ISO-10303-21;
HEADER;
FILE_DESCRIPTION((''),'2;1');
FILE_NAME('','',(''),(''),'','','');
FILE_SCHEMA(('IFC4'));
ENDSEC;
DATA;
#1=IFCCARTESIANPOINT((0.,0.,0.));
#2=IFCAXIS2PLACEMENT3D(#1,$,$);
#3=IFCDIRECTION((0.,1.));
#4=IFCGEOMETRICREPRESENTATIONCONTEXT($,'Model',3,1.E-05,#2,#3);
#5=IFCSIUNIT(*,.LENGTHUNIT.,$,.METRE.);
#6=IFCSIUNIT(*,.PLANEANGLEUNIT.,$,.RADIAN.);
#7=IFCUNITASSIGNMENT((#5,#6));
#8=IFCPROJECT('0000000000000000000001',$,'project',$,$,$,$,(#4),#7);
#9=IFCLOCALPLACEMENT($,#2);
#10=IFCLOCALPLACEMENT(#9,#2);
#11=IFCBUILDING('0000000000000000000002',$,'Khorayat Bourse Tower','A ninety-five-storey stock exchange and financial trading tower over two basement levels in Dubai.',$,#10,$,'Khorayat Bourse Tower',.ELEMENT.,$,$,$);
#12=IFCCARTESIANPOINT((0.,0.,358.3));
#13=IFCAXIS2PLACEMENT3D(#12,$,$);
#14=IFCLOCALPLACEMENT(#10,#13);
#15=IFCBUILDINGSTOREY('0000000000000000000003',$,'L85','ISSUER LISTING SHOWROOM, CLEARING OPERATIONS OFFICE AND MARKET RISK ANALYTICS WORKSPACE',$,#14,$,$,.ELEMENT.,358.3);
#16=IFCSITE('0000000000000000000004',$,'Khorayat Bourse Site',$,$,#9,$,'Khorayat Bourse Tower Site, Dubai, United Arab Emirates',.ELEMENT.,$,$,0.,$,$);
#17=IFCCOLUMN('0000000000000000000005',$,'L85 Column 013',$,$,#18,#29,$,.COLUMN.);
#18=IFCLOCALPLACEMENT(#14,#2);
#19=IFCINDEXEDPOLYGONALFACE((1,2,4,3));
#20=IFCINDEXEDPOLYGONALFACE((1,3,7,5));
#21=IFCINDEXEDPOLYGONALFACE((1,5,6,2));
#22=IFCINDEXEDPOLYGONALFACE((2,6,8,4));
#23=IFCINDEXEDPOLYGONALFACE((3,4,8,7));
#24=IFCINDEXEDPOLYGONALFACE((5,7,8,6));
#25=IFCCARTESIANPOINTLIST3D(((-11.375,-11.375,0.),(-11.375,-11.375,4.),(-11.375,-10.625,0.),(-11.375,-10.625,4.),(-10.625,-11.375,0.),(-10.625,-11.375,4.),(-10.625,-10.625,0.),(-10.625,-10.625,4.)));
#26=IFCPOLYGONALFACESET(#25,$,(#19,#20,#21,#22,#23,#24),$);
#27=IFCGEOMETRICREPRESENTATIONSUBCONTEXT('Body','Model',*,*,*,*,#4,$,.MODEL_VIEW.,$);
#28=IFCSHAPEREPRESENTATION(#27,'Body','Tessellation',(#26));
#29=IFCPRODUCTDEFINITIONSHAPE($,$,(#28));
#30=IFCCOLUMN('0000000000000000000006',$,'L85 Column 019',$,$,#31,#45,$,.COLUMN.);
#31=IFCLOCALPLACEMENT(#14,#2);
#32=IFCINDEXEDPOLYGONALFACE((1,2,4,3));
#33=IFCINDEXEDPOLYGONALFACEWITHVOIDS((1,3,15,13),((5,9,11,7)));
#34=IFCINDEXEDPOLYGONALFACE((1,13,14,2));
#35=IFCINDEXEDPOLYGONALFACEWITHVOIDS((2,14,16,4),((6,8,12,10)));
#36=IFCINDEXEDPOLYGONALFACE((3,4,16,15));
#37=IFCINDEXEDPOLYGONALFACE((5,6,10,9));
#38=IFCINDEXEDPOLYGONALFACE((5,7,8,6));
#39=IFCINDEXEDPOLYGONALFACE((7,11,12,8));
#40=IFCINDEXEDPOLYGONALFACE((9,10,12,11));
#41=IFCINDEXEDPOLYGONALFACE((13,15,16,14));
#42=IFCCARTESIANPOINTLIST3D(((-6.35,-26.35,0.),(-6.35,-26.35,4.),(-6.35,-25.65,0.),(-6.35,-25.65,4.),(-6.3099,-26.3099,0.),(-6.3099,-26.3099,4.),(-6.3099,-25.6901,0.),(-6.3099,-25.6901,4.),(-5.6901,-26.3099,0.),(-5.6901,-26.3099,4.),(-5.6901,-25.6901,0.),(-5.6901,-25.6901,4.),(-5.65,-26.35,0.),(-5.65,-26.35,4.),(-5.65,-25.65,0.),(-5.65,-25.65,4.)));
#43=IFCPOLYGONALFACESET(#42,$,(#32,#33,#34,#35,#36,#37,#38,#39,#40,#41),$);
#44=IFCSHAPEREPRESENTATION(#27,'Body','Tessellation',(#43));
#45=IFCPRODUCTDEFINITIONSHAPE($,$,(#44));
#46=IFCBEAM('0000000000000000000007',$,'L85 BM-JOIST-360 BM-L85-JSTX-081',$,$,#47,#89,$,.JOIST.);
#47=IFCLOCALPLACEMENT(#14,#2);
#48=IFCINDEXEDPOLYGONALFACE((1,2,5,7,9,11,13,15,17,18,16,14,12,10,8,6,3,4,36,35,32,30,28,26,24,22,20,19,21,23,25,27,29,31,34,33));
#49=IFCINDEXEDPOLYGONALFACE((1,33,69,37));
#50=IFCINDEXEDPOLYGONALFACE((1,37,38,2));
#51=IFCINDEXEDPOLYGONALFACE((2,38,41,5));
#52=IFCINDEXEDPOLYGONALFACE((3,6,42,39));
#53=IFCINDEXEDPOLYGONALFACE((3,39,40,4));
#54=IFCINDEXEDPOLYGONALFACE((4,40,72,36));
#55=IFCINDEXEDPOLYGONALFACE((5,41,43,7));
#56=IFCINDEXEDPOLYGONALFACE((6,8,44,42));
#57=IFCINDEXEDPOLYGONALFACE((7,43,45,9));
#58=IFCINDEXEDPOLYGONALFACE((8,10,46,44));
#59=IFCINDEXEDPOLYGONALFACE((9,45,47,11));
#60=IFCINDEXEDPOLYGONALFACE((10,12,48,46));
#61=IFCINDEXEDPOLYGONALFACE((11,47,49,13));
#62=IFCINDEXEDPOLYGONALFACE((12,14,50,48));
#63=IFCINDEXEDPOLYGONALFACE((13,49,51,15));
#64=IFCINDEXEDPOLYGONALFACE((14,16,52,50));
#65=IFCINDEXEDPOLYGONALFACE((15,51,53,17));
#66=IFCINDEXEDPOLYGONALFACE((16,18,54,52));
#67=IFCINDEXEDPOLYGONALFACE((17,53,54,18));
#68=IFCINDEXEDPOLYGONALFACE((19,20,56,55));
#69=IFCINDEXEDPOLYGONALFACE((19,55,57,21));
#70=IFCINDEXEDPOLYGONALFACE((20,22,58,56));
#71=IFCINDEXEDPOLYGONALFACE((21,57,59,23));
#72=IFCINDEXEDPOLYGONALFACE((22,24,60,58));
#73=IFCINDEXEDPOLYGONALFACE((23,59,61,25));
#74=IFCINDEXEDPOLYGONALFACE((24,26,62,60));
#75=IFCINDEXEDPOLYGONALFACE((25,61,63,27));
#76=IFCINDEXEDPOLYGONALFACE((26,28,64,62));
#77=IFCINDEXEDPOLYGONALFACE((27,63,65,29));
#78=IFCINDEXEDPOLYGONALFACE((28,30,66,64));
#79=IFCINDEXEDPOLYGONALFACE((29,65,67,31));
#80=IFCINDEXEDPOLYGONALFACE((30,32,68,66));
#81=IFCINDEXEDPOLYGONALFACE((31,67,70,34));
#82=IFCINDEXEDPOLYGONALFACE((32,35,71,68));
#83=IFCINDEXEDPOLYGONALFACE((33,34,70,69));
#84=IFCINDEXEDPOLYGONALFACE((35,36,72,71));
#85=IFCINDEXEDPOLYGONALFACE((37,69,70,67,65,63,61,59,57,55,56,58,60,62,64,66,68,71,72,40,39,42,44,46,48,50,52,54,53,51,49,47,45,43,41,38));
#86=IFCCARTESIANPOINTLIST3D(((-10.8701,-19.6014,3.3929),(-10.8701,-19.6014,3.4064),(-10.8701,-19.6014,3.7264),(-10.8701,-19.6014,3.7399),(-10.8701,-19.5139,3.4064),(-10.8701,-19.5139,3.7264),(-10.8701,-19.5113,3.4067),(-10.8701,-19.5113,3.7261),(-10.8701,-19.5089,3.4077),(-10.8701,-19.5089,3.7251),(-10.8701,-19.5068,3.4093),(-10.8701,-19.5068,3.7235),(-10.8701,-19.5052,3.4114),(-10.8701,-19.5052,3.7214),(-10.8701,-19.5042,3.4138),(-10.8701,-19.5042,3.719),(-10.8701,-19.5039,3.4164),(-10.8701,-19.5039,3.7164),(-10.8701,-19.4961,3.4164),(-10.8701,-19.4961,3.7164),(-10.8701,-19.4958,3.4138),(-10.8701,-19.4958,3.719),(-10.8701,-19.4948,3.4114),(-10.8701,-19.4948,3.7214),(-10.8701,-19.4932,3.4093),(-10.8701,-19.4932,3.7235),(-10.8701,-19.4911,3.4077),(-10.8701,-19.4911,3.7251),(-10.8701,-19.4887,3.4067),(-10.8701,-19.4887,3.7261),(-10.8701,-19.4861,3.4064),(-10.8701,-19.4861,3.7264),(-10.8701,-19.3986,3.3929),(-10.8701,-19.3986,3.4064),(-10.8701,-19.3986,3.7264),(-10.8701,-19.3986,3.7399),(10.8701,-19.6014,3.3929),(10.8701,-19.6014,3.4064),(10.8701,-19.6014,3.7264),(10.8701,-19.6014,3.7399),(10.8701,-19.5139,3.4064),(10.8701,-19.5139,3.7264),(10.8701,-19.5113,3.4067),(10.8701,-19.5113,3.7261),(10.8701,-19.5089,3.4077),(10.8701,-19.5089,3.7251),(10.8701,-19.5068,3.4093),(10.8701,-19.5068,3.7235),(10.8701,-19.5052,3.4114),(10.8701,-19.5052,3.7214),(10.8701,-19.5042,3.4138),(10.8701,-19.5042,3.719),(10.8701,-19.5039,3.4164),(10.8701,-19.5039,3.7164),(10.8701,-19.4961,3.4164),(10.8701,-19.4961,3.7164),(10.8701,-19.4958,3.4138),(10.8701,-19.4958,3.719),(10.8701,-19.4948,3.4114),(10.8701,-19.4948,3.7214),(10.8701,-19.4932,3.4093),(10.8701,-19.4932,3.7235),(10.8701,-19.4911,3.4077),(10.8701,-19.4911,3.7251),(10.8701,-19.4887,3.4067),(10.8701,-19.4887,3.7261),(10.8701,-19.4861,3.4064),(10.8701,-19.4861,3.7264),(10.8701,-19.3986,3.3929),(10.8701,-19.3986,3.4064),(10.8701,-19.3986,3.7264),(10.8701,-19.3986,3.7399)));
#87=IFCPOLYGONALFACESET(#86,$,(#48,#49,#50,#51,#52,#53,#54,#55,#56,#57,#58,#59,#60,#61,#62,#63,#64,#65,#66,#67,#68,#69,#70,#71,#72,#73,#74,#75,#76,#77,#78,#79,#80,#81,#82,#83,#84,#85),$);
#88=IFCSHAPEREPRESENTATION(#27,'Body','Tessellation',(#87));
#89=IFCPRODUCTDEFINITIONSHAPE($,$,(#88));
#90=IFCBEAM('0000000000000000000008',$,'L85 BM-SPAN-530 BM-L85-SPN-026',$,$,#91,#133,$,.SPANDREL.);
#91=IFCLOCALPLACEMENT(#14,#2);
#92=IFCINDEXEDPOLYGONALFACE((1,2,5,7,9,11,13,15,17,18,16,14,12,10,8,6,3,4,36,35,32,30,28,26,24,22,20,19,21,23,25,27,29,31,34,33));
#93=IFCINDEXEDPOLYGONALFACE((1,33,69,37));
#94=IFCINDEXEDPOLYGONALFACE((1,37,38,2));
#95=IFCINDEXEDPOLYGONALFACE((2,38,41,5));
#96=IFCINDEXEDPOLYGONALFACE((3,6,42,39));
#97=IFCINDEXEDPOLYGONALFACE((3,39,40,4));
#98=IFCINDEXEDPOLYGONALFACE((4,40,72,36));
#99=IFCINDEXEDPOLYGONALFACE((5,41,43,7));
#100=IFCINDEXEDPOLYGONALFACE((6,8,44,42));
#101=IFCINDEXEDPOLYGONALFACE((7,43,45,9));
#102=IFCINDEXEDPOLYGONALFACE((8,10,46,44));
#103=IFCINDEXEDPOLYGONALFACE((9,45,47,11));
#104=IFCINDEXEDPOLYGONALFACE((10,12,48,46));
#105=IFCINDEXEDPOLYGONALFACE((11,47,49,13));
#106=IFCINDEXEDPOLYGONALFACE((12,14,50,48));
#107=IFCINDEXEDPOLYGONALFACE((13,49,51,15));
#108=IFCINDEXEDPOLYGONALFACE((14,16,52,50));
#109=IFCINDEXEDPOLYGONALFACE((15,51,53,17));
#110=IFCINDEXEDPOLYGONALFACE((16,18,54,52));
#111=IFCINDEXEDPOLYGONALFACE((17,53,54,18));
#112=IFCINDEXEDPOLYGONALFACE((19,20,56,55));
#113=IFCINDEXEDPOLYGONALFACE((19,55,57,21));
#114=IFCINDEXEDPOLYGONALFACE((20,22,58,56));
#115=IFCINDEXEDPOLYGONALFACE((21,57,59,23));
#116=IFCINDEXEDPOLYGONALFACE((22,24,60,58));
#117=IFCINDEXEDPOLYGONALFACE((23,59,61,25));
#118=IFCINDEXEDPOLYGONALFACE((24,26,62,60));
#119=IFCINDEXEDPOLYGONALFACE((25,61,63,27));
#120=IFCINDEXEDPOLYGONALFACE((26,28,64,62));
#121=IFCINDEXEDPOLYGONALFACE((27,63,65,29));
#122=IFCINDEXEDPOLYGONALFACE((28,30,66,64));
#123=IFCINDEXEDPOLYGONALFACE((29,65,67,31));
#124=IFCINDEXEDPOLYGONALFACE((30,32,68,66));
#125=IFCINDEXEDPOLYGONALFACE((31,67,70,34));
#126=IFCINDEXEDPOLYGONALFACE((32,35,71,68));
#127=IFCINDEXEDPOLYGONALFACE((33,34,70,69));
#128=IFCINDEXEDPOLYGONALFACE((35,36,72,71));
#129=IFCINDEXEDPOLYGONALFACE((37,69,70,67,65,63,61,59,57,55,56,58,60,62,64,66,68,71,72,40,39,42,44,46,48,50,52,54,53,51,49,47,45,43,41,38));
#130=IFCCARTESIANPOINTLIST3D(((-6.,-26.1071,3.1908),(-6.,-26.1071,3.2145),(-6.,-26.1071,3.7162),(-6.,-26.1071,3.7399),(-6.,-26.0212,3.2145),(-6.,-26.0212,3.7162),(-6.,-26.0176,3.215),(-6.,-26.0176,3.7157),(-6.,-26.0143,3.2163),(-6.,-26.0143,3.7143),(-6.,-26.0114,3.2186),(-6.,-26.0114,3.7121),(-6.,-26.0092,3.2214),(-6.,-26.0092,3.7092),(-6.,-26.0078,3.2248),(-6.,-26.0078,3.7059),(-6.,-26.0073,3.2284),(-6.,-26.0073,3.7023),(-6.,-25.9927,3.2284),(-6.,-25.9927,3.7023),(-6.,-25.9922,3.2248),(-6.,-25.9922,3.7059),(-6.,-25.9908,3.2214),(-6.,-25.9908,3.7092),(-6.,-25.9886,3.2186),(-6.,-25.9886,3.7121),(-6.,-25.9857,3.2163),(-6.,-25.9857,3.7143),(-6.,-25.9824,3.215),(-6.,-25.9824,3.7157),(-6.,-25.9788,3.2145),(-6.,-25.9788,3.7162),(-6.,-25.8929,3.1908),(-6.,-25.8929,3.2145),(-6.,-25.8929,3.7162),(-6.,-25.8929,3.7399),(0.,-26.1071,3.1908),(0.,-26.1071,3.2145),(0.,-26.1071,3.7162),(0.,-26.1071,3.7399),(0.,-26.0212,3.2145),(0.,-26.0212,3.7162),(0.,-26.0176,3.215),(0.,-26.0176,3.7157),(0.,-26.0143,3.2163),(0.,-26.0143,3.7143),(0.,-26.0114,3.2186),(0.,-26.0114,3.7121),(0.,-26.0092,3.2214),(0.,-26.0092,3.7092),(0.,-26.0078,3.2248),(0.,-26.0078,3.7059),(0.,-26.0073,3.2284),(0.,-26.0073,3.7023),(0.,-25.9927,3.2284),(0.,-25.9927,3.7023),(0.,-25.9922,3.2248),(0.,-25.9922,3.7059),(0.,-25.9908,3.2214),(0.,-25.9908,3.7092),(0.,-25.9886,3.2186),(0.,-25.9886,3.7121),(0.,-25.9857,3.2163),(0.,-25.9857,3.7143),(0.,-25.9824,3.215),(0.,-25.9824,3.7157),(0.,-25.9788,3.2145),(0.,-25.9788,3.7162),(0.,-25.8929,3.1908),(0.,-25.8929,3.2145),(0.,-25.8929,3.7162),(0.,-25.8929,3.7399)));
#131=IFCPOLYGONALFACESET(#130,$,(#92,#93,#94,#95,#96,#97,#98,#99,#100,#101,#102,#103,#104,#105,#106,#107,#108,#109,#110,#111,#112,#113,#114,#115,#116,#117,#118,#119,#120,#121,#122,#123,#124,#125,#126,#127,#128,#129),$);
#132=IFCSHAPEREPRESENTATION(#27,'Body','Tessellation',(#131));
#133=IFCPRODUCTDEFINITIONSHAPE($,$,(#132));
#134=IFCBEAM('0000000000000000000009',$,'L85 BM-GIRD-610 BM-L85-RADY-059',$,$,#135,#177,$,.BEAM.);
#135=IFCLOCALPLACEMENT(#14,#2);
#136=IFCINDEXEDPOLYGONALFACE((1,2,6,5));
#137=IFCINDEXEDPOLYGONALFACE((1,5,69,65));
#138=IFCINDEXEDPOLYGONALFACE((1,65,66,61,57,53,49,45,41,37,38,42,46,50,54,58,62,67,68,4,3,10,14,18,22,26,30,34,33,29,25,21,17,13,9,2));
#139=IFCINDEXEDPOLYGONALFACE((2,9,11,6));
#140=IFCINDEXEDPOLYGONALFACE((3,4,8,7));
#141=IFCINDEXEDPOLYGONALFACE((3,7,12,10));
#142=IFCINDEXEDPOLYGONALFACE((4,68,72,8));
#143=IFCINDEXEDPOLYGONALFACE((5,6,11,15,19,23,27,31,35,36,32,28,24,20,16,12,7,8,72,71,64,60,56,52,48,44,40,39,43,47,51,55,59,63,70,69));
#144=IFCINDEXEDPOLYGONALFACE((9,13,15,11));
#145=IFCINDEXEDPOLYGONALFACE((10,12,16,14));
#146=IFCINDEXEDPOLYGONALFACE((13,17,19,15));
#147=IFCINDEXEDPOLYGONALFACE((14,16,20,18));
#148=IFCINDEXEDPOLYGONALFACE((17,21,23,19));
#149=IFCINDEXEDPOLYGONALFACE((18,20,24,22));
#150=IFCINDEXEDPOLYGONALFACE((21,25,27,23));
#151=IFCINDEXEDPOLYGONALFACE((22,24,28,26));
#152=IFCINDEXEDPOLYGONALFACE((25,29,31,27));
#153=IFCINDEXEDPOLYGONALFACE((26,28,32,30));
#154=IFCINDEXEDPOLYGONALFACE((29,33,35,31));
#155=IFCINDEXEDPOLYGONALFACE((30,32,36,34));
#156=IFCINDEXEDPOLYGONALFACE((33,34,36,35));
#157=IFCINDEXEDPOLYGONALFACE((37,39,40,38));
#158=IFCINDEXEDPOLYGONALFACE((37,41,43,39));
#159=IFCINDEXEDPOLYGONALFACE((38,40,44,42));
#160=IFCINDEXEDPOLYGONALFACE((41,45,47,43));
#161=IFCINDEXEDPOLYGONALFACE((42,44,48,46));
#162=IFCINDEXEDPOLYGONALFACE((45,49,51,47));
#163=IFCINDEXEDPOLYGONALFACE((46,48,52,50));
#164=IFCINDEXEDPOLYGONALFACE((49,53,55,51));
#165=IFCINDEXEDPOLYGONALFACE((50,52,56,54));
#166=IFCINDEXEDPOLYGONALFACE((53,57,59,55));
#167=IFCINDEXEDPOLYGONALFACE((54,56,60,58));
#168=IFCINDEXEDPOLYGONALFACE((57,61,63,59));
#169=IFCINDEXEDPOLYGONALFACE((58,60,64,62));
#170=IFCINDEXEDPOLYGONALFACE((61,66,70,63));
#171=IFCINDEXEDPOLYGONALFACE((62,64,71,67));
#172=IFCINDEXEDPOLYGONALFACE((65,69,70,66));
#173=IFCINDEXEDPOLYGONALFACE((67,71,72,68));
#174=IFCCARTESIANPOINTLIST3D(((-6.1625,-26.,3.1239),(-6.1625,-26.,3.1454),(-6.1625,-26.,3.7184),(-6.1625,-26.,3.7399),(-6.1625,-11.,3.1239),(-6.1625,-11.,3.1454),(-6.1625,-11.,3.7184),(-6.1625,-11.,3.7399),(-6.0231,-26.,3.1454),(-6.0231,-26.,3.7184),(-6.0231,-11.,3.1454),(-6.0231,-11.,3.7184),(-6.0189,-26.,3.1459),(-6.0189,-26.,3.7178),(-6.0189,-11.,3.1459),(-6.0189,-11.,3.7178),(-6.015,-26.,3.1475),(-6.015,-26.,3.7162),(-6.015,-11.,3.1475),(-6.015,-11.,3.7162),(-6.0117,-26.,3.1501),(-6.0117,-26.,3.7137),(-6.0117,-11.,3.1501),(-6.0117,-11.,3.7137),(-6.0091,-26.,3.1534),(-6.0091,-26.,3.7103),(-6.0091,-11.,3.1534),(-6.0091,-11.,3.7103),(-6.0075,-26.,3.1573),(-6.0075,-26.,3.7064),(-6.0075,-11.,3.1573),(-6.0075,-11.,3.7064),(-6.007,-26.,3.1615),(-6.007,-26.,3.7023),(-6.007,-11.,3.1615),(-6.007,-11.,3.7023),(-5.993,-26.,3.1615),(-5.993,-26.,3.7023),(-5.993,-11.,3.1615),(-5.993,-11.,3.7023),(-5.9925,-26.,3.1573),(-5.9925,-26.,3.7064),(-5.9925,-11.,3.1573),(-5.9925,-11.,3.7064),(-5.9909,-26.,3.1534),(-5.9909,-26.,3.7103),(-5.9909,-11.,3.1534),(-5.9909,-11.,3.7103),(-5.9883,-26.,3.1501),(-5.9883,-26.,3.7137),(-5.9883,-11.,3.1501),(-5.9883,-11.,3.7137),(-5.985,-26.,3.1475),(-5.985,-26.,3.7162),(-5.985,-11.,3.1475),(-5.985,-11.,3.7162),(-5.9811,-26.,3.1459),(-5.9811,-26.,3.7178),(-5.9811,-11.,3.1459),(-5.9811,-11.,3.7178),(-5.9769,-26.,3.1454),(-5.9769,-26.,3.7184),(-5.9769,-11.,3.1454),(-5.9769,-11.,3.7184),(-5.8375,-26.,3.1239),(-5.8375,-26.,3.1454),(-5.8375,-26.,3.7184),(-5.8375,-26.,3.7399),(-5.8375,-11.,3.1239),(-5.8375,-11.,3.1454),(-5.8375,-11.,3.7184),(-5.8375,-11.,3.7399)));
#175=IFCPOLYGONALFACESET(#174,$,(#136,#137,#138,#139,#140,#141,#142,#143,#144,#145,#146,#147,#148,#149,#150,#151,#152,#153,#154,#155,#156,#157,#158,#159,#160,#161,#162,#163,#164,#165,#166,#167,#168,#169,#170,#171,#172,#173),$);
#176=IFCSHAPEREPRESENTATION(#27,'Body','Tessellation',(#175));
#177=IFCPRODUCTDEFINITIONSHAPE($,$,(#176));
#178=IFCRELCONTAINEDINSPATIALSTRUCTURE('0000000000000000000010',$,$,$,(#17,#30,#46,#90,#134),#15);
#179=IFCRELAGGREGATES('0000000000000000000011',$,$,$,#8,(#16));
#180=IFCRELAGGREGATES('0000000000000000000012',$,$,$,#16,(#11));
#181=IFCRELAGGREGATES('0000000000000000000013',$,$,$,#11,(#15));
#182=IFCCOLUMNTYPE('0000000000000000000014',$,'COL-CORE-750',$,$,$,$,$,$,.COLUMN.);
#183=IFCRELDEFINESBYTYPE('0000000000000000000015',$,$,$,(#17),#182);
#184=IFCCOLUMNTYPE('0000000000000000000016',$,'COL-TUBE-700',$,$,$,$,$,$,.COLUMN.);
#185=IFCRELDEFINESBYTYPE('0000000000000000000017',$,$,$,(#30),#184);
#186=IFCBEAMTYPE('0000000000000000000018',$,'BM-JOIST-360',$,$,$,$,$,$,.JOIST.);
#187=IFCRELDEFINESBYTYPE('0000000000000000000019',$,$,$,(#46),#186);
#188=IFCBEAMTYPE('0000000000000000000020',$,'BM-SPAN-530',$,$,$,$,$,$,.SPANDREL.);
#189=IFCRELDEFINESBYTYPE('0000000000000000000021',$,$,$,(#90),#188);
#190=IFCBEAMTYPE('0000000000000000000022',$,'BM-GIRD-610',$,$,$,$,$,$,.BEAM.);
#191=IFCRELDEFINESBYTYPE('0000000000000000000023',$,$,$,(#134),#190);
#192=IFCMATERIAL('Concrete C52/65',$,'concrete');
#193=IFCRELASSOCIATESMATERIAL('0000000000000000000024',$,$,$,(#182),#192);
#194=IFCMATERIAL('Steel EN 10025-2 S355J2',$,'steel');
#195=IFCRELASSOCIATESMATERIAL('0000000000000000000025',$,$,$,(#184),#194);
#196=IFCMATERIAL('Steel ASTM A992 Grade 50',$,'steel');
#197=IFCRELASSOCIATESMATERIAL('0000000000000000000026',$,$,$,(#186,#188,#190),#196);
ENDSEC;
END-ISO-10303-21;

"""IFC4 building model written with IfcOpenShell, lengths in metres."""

from ifc_helpers import new_model, si_unit, direction, frame, origin, origin_2d, place, context, subcontext, project, spatial, rectangle, hollow_rectangle, i_section, extrude, source, transform, mapped, material, material_profile, profile_set, type_object, element, save


model = new_model("IFC4")

# Units and contexts
model_context = context("Model", 3, precision=1e-05, world=origin(), true_north=direction((0.0, 1.0)))
body_context = subcontext(model_context, "Body", "Model", "MODEL_VIEW")
ifc_project = project(units=[si_unit("LENGTHUNIT", "METRE"), si_unit("PLANEANGLEUNIT", "RADIAN")], contexts=[model_context])

# Site, building, storey
site_placement = place(None, origin())
site = spatial("IfcSite", under=ifc_project, at=site_placement, Name="Khorayat Bourse Site", LongName="Khorayat Bourse Tower Site, Dubai, United Arab Emirates", CompositionType="ELEMENT", RefElevation=0.0)
building_placement = place(site_placement, origin())
building = spatial("IfcBuilding", under=site, at=building_placement, Name="Khorayat Bourse Tower", Description="A ninety-five-storey stock exchange and financial trading tower over two basement levels in Dubai.", LongName="Khorayat Bourse Tower", CompositionType="ELEMENT")
storey_placement = place(building_placement, frame((0.0, 0.0, 358.3)))
storey = spatial("IfcBuildingStorey", under=building, at=storey_placement, Name="L85", Description="ISSUER LISTING SHOWROOM, CLEARING OPERATIONS OFFICE AND MARKET RISK ANALYTICS WORKSPACE", CompositionType="ELEMENT", Elevation=358.3)

# Columns
ifc_material_1 = material(Name="Concrete C52/65", Category="concrete")
ifc_material_profile_1 = material_profile(ifc_material_1, rectangle(XDim=0.75, YDim=0.75, at=origin_2d()), Name="RC 750x750")
ifc_profile_set_1 = profile_set([ifc_material_profile_1], Name="Concrete C52/65")
column_type_1 = type_object("IfcColumnType", Name="COL-CORE-750", PredefinedType="COLUMN", material=ifc_profile_set_1)
shared_shape_1 = source(origin(), body_context, "Body", "SweptSolid", [
    extrude(rectangle(XDim=0.75, YDim=0.75, at=origin_2d()), origin(), (0.0, 0.0, 1.0), 4.0),
])
column_1_placement = place(storey_placement, frame((-11.0, -11.0, 0.0), z_axis=(0.0, 0.0, 1.0), x_axis=(1.0, 0.0, 0.0)))
element("IfcColumn", 1, at=column_1_placement, inside=storey, type_object=column_type_1, Name="L85 Column 013", PredefinedType="COLUMN", context=body_context, shape_type="MappedRepresentation", body=[
    mapped(shared_shape_1, transform((0.0, 0.0, 0.0), scale=1.0)),
])
ifc_material_2 = material(Name="Steel EN 10025-2 S355J2", Category="steel")
ifc_material_profile_2 = material_profile(ifc_material_2, hollow_rectangle(XDim=0.7, YDim=0.7, WallThickness=0.04, at=origin_2d()), Name="BOX 700x700x40")
ifc_profile_set_2 = profile_set([ifc_material_profile_2], Name="Steel EN 10025-2 S355J2")
column_type_2 = type_object("IfcColumnType", Name="COL-TUBE-700", PredefinedType="COLUMN", material=ifc_profile_set_2)
shared_shape_2 = source(origin(), body_context, "Body", "SweptSolid", [
    extrude(hollow_rectangle(XDim=0.7, YDim=0.7, WallThickness=0.04, at=origin_2d()), origin(), (0.0, 0.0, 1.0), 4.0),
])
column_2_placement = place(storey_placement, frame((-6.0, -26.0, 0.0), z_axis=(0.0, 0.0, 1.0), x_axis=(1.0, 0.0, 0.0)))
element("IfcColumn", 2, at=column_2_placement, inside=storey, type_object=column_type_2, Name="L85 Column 019", PredefinedType="COLUMN", context=body_context, shape_type="MappedRepresentation", body=[
    mapped(shared_shape_2, transform((0.0, 0.0, 0.0), scale=1.0)),
])

# Beams
ifc_material_3 = material(Name="Steel ASTM A992 Grade 50", Category="steel")
ifc_material_profile_3 = material_profile(ifc_material_3, i_section(OverallWidth=0.2029, OverallDepth=0.3469, WebThickness=0.0078, FlangeThickness=0.0134, FilletRadius=0.01, at=origin_2d()), Name="W360X64")
ifc_profile_set_3 = profile_set([ifc_material_profile_3], Name="Steel ASTM A992 Grade 50")
beam_type_1 = type_object("IfcBeamType", Name="BM-JOIST-360", PredefinedType="JOIST", material=ifc_profile_set_3)
shared_shape_3 = source(origin(), body_context, "Body", "SweptSolid", [
    extrude(i_section(OverallWidth=0.2029, OverallDepth=0.3469, WebThickness=0.0078, FlangeThickness=0.0134, FilletRadius=0.01, at=origin_2d()), origin(), (0.0, 0.0, 1.0), 21.7402),
])
beam_1_placement = place(storey_placement, frame((-10.8701, -19.5, 3.5664), z_axis=(1.0, 0.0, 0.0), x_axis=(0.0, 1.0, 0.0)))
element("IfcBeam", 3, at=beam_1_placement, inside=storey, type_object=beam_type_1, Name="L85 BM-JOIST-360 BM-L85-JSTX-081", PredefinedType="JOIST", context=body_context, shape_type="MappedRepresentation", body=[
    mapped(shared_shape_3, transform((0.0, 0.0, 0.0), scale=1.0)),
])
ifc_material_profile_4 = material_profile(ifc_material_3, i_section(OverallWidth=0.2141, OverallDepth=0.5491, WebThickness=0.0146, FlangeThickness=0.0237, FilletRadius=0.0139, at=origin_2d()), Name="W530X138")
ifc_profile_set_4 = profile_set([ifc_material_profile_4], Name="Steel ASTM A992 Grade 50")
beam_type_2 = type_object("IfcBeamType", Name="BM-SPAN-530", PredefinedType="SPANDREL", material=ifc_profile_set_4)
shared_shape_4 = source(origin(), body_context, "Body", "SweptSolid", [
    extrude(i_section(OverallWidth=0.2141, OverallDepth=0.5491, WebThickness=0.0146, FlangeThickness=0.0237, FilletRadius=0.0139, at=origin_2d()), origin(), (0.0, 0.0, 1.0), 6.0),
])
beam_2_placement = place(storey_placement, frame((-6.0, -26.0, 3.4653), z_axis=(1.0, 0.0, 0.0), x_axis=(0.0, 1.0, 0.0)))
element("IfcBeam", 4, at=beam_2_placement, inside=storey, type_object=beam_type_2, Name="L85 BM-SPAN-530 BM-L85-SPN-026", PredefinedType="SPANDREL", context=body_context, shape_type="MappedRepresentation", body=[
    mapped(shared_shape_4, transform((0.0, 0.0, 0.0), scale=1.0)),
])
ifc_material_profile_5 = material_profile(ifc_material_3, i_section(OverallWidth=0.325, OverallDepth=0.616, WebThickness=0.0139, FlangeThickness=0.0215, FilletRadius=0.0161, at=origin_2d()), Name="W610X174")
ifc_profile_set_5 = profile_set([ifc_material_profile_5], Name="Steel ASTM A992 Grade 50")
beam_type_3 = type_object("IfcBeamType", Name="BM-GIRD-610", PredefinedType="BEAM", material=ifc_profile_set_5)
shared_shape_5 = source(origin(), body_context, "Body", "SweptSolid", [
    extrude(i_section(OverallWidth=0.325, OverallDepth=0.616, WebThickness=0.0139, FlangeThickness=0.0215, FilletRadius=0.0161, at=origin_2d()), origin(), (0.0, 0.0, 1.0), 15.0),
])
beam_3_placement = place(storey_placement, frame((-6.0, -26.0, 3.4319), z_axis=(0.0, 1.0, 0.0), x_axis=(-1.0, 0.0, 0.0)))
element("IfcBeam", 5, at=beam_3_placement, inside=storey, type_object=beam_type_3, Name="L85 BM-GIRD-610 BM-L85-RADY-059", PredefinedType="BEAM", context=body_context, shape_type="MappedRepresentation", body=[
    mapped(shared_shape_5, transform((0.0, 0.0, 0.0), scale=1.0)),
])

save(model, "model.ifc")
